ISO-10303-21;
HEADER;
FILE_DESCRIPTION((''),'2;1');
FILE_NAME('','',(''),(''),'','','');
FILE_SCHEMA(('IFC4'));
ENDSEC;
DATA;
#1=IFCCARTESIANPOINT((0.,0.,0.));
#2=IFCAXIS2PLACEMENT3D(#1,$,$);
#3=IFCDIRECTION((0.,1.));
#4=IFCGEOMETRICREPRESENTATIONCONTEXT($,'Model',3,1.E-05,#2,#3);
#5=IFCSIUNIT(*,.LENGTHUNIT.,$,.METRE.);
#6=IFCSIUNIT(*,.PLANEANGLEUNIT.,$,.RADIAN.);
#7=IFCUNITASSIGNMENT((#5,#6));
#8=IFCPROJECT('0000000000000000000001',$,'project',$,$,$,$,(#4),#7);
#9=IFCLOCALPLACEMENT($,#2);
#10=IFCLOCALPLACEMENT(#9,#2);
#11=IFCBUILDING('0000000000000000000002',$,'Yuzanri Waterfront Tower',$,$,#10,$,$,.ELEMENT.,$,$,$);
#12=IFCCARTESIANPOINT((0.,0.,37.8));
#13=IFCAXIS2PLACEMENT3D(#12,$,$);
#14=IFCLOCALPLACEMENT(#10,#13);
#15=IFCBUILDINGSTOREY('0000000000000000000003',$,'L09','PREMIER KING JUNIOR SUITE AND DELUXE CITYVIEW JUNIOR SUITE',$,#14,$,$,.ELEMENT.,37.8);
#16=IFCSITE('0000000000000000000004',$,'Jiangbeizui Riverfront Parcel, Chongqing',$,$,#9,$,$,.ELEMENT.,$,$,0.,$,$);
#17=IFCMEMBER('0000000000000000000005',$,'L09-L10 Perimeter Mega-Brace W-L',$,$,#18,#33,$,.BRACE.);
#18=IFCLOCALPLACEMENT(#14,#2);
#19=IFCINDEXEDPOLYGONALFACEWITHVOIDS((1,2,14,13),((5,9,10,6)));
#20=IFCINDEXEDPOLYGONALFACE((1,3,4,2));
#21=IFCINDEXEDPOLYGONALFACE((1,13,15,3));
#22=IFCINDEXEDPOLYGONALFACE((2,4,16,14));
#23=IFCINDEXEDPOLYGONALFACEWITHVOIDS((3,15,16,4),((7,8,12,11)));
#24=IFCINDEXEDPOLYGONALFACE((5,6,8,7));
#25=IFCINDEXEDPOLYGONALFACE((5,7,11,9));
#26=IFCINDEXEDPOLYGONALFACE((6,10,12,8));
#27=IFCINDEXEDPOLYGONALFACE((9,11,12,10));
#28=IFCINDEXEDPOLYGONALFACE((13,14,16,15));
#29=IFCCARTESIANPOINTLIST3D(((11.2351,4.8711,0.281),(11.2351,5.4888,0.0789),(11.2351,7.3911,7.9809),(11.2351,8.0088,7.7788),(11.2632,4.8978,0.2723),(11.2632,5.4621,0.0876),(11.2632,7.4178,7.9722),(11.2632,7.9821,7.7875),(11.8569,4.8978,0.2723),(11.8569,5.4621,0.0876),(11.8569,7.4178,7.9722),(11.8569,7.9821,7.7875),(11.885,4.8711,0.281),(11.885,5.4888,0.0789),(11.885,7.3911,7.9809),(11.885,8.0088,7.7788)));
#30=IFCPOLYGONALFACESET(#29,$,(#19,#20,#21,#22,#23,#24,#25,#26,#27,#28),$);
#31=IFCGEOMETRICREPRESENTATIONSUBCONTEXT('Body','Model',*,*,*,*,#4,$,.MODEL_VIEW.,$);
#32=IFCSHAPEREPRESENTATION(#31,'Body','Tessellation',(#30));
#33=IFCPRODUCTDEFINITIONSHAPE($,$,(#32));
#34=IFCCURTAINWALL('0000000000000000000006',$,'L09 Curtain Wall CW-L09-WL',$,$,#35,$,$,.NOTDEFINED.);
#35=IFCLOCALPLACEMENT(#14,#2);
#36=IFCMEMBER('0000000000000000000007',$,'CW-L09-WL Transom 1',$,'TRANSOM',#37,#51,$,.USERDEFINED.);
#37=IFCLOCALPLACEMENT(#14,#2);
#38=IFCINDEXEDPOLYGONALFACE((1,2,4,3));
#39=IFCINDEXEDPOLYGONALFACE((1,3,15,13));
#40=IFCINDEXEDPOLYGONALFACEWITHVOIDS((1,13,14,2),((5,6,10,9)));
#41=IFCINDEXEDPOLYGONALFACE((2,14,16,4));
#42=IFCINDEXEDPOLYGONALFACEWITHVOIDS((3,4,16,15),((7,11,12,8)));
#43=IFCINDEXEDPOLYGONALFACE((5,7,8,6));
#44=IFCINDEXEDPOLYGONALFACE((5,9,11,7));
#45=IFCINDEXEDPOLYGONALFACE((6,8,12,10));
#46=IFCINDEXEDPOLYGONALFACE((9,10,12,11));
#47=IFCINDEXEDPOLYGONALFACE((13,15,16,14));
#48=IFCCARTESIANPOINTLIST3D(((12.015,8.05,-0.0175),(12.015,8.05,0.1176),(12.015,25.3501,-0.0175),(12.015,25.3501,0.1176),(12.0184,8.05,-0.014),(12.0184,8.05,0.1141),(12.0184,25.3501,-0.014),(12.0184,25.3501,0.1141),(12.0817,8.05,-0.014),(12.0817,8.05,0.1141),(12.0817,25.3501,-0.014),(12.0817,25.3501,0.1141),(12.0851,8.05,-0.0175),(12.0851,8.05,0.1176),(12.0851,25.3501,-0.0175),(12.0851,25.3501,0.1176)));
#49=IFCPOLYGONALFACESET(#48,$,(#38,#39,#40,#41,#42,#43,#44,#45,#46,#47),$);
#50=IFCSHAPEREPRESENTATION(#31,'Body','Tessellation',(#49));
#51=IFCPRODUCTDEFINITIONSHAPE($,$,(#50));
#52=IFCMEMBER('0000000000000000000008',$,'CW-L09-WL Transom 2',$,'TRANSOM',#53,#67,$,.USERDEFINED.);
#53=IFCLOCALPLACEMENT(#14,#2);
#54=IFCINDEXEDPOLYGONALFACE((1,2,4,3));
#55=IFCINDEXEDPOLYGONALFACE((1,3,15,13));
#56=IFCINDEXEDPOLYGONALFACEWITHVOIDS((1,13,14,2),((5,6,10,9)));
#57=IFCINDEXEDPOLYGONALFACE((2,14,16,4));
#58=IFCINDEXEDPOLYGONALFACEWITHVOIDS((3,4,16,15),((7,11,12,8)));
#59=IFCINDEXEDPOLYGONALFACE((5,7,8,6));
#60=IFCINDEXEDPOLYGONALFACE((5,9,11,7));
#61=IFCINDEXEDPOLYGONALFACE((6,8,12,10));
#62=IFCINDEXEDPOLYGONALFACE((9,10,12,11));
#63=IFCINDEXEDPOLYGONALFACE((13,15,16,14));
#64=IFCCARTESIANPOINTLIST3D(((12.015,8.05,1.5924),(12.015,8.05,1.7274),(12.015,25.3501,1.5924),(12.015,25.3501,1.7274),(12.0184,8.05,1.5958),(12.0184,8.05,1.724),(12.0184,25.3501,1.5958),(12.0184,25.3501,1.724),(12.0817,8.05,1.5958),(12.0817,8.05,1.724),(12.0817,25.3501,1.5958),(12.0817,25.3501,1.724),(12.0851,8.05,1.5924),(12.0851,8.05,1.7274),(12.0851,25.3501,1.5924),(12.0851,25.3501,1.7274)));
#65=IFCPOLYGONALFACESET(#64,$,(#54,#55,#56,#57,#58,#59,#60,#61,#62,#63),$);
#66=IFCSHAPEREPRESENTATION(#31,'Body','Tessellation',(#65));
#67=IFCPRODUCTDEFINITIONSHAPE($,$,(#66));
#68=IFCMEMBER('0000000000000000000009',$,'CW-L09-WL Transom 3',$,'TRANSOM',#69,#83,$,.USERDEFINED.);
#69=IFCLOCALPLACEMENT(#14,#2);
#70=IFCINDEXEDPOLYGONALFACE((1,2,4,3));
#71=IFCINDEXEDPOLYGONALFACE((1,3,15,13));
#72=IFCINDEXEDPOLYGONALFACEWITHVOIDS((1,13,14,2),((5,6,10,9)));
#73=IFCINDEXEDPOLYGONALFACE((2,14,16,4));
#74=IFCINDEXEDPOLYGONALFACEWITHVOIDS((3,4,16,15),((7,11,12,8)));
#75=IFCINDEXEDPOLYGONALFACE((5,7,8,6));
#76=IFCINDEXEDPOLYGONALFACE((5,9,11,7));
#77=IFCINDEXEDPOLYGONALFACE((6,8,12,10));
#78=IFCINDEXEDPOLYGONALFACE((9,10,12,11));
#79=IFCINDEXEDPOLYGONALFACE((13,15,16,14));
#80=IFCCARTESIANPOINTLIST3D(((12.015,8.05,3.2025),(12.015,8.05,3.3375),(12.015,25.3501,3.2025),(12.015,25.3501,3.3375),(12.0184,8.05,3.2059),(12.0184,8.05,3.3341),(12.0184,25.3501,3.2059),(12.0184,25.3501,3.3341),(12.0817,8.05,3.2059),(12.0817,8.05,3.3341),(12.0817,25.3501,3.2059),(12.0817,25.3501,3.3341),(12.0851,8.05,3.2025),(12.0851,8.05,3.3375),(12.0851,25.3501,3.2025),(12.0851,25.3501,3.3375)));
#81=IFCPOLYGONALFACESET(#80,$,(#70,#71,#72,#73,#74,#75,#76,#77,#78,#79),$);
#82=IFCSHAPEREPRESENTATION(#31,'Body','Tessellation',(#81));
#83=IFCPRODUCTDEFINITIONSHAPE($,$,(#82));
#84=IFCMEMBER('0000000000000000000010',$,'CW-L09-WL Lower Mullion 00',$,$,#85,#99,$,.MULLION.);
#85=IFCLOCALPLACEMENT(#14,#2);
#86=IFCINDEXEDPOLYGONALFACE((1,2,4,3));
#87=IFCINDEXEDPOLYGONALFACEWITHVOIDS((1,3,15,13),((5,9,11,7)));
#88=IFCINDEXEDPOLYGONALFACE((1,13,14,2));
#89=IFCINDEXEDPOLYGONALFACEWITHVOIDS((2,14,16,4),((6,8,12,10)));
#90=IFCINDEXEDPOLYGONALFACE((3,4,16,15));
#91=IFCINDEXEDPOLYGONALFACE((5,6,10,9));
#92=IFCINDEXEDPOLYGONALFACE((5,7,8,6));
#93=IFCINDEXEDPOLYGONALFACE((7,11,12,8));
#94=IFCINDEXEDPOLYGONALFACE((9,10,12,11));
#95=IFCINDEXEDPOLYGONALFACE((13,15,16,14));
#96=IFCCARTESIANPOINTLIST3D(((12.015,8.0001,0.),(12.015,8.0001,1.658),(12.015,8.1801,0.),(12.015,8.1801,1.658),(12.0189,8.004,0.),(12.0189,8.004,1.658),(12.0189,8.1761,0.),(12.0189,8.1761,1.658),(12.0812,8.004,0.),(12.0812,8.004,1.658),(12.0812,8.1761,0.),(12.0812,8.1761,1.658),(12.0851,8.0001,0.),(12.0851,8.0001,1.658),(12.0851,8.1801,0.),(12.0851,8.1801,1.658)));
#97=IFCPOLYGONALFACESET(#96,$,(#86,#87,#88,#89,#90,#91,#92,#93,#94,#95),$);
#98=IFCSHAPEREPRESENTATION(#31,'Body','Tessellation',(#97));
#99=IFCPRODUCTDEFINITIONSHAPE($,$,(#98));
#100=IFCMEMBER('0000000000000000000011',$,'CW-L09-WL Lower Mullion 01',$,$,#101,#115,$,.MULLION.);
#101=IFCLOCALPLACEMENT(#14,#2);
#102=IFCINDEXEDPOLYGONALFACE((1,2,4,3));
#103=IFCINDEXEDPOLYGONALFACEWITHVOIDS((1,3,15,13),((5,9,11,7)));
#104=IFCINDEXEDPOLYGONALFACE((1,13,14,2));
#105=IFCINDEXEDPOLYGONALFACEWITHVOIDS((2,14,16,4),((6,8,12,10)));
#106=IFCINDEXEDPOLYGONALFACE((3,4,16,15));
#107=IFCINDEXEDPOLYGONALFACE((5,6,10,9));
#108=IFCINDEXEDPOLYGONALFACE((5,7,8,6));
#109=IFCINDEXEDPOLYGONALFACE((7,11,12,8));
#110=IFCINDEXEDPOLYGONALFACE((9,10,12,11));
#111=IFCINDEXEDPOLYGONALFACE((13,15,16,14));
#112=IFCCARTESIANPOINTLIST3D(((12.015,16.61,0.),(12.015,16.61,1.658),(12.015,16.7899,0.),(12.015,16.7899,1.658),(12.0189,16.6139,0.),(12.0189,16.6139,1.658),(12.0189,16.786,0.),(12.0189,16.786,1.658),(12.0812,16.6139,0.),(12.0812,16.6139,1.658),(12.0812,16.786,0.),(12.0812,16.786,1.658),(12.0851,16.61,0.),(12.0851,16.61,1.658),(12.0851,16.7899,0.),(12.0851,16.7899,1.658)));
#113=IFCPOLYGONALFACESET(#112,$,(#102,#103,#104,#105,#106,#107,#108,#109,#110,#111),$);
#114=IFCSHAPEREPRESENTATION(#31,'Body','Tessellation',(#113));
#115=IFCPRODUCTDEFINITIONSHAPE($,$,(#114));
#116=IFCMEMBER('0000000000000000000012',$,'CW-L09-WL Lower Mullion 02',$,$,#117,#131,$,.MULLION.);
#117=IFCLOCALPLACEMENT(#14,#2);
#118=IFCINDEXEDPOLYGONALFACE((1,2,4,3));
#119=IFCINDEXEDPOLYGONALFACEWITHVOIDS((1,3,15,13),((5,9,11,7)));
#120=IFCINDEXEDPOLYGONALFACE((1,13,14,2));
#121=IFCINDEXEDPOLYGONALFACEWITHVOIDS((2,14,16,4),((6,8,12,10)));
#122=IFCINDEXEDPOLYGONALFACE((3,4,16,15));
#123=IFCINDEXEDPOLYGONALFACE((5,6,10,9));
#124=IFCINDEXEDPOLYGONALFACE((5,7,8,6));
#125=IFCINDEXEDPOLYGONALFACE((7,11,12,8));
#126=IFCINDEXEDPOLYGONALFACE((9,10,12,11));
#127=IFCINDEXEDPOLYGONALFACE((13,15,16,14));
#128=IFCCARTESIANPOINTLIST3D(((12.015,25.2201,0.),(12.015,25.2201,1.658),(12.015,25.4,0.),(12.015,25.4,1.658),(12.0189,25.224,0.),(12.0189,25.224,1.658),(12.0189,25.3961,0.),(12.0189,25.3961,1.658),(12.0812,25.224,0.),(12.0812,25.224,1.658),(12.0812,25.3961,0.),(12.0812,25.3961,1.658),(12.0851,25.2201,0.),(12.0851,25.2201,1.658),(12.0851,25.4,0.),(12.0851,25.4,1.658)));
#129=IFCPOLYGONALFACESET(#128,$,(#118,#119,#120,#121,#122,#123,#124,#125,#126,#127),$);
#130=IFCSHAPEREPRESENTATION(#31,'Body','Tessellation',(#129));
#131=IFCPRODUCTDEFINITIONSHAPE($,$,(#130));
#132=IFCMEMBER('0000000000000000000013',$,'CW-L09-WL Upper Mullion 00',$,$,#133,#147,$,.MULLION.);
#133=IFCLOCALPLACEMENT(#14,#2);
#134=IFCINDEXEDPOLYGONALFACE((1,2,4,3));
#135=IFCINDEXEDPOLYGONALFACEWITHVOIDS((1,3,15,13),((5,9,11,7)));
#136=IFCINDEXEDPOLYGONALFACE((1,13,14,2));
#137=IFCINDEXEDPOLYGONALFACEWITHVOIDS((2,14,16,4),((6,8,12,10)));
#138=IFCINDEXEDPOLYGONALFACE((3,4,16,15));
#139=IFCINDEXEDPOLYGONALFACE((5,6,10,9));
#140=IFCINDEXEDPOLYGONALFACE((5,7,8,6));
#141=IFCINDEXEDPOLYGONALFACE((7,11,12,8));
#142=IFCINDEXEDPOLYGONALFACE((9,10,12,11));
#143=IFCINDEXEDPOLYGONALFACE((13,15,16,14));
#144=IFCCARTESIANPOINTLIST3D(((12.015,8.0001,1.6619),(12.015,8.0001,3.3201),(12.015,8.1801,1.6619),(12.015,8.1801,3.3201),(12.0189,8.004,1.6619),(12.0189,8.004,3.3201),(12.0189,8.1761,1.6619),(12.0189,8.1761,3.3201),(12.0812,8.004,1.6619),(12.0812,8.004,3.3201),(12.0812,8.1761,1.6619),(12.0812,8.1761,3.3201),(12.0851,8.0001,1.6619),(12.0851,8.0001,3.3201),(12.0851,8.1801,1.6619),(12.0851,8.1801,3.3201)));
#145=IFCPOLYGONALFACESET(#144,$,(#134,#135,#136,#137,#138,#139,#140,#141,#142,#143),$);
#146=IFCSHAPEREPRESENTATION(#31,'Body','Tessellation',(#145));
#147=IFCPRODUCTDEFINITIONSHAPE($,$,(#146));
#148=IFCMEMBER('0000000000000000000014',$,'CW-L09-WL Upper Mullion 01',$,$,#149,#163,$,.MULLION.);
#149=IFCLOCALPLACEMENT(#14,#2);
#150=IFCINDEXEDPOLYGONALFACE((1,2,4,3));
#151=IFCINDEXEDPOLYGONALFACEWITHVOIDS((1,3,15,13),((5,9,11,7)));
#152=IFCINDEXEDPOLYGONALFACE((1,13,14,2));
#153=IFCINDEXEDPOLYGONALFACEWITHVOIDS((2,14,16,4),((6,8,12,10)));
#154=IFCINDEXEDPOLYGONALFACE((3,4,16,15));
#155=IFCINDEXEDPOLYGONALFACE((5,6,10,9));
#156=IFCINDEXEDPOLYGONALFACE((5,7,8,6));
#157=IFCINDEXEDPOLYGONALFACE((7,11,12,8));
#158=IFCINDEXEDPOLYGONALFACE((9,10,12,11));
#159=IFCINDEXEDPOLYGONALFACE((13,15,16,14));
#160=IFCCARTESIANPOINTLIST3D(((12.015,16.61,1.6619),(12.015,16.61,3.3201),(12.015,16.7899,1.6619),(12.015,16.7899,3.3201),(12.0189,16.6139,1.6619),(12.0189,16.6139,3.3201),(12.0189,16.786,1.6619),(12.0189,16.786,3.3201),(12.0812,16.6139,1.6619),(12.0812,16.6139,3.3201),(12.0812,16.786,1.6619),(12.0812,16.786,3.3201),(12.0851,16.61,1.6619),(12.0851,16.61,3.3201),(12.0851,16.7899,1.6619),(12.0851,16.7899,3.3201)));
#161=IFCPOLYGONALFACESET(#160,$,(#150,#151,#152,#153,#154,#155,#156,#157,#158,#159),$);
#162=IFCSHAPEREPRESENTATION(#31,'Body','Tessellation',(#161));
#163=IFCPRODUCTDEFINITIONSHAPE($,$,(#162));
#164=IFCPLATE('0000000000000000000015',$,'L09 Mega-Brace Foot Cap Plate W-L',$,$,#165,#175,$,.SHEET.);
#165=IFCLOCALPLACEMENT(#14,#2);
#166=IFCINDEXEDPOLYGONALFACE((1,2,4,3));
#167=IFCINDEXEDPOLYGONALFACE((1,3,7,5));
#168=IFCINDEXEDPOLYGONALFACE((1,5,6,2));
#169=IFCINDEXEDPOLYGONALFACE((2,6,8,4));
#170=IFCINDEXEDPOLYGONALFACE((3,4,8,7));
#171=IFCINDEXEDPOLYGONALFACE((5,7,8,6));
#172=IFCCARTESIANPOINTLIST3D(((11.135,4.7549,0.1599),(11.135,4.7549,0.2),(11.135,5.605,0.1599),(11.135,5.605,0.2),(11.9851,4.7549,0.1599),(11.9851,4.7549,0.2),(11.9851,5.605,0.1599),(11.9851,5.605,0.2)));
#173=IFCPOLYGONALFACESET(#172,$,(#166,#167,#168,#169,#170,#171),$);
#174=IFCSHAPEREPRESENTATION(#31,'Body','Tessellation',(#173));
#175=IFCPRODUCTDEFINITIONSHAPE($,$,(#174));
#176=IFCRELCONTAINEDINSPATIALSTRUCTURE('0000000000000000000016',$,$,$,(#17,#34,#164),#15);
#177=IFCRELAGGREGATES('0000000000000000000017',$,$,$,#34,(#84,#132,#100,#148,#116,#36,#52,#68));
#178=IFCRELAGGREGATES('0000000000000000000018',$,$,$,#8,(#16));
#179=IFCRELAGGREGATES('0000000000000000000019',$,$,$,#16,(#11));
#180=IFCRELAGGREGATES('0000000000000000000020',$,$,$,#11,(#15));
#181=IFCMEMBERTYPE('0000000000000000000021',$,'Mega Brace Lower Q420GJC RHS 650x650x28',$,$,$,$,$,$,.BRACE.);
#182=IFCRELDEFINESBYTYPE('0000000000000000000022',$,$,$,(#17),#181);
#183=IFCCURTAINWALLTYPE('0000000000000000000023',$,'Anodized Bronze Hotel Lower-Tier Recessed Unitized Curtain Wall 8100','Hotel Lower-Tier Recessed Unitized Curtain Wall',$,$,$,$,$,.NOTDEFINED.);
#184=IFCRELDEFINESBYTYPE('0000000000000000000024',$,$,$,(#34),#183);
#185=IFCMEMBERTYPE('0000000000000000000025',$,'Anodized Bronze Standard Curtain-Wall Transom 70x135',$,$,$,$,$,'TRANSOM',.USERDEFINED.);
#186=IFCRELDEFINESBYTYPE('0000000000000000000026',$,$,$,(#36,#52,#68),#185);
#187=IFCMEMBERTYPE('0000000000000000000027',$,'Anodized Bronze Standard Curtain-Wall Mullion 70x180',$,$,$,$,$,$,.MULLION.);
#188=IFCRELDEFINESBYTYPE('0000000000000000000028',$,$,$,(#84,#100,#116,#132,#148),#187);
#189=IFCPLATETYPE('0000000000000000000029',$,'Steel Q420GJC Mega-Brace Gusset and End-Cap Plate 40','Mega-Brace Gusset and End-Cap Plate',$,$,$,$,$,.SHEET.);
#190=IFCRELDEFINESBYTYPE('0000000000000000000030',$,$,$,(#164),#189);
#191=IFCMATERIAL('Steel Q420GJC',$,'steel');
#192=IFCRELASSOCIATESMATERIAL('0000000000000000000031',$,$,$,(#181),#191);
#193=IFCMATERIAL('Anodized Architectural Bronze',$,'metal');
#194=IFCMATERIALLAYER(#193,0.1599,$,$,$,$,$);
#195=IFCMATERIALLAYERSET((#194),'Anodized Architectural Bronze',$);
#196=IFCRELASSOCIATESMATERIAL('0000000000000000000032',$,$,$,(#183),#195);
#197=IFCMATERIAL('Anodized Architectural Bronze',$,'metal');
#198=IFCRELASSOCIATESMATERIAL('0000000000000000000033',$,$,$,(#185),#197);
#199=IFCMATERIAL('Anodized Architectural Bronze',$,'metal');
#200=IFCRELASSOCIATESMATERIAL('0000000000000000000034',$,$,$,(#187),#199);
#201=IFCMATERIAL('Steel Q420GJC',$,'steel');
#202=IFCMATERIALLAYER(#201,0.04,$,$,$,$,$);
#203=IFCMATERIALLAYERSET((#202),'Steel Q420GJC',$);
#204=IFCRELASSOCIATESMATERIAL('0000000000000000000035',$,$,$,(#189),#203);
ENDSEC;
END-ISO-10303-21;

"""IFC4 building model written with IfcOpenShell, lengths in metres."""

from ifc_helpers import new_model, si_unit, direction, frame, origin, origin_2d, place, context, subcontext, project, spatial, rectangle, hollow_rectangle, extrude, source, transform, mapped, material, layer, layer_set, material_profile, profile_set, type_object, element, aggregate, save


model = new_model("IFC4")

# Units and contexts
model_context = context("Model", 3, precision=1e-05, world=origin(), true_north=direction((0.0, 1.0)))
body_context = subcontext(model_context, "Body", "Model", "MODEL_VIEW")
ifc_project = project(units=[si_unit("LENGTHUNIT", "METRE"), si_unit("PLANEANGLEUNIT", "RADIAN")], contexts=[model_context])

# Site, building, storey
site_placement = place(None, origin())
site = spatial("IfcSite", under=ifc_project, at=site_placement, Name="Jiangbeizui Riverfront Parcel, Chongqing", CompositionType="ELEMENT", RefElevation=0.0)
building_placement = place(site_placement, origin())
building = spatial("IfcBuilding", under=site, at=building_placement, Name="Yuzanri Waterfront Tower", CompositionType="ELEMENT")
storey_placement = place(building_placement, frame((0.0, 0.0, 37.8)))
storey = spatial("IfcBuildingStorey", under=building, at=storey_placement, Name="L09", Description="PREMIER KING JUNIOR SUITE AND DELUXE CITYVIEW JUNIOR SUITE", CompositionType="ELEMENT", Elevation=37.8)

# Member
ifc_material_1 = material(Name="Steel Q420GJC", Category="steel")
ifc_material_profile_1 = material_profile(ifc_material_1, hollow_rectangle(XDim=0.6499, YDim=0.6499, WallThickness=0.0281, at=origin_2d()), Name="RHS 650x650x28")
ifc_profile_set_1 = profile_set([ifc_material_profile_1], Name="Steel Q420GJC")
member_type_1 = type_object("IfcMemberType", Name="Mega Brace Lower Q420GJC RHS 650x650x28", PredefinedType="BRACE", material=ifc_profile_set_1)
shared_shape_1 = source(origin(), body_context, "Body", "SweptSolid", [
    extrude(hollow_rectangle(XDim=0.6499, YDim=0.6499, WallThickness=0.0281, at=origin_2d()), origin(), (0.0, 0.0, 1.0), 8.1018),
])
member_1_placement = place(storey_placement, frame((11.5601, 5.1799, 0.1799), z_axis=(0.0, 0.311043, 0.950396), x_axis=(-1.0, 0.0, 0.0)))
element("IfcMember", 1, at=member_1_placement, inside=storey, type_object=member_type_1, Name="L09-L10 Perimeter Mega-Brace W-L", PredefinedType="BRACE", context=body_context, shape_type="MappedRepresentation", body=[
    mapped(shared_shape_1, transform((0.0, 0.0, 0.0), scale=1.0)),
])

# Curtain wall, members
ifc_material_2 = material(Name="Anodized Architectural Bronze", Category="metal")
ifc_layer_1 = layer(ifc_material_2, 0.1599)
ifc_layer_set_1 = layer_set([ifc_layer_1], Name="Anodized Architectural Bronze")
curtain_wall_type = type_object("IfcCurtainWallType", Name="Anodized Bronze Hotel Lower-Tier Recessed Unitized Curtain Wall 8100", Description="Hotel Lower-Tier Recessed Unitized Curtain Wall", PredefinedType="NOTDEFINED", material=ifc_layer_set_1)
curtain_wall_placement = place(storey_placement, origin())
curtain_wall = element("IfcCurtainWall", 2, at=curtain_wall_placement, inside=storey, type_object=curtain_wall_type, Name="L09 Curtain Wall CW-L09-WL", PredefinedType="NOTDEFINED")
ifc_material_3 = material(Name="Anodized Architectural Bronze", Category="metal")
ifc_material_profile_2 = material_profile(ifc_material_3, hollow_rectangle(XDim=0.0701, YDim=0.135, WallThickness=0.0034, at=origin_2d()), Name="CWT 70x135")
ifc_profile_set_2 = profile_set([ifc_material_profile_2], Name="Anodized Architectural Bronze")
member_type_2 = type_object("IfcMemberType", Name="Anodized Bronze Standard Curtain-Wall Transom 70x135", ElementType="TRANSOM", PredefinedType="USERDEFINED", material=ifc_profile_set_2)
shared_shape_2 = source(origin(), body_context, "Body", "SweptSolid", [
    extrude(hollow_rectangle(XDim=0.0701, YDim=0.135, WallThickness=0.0034, at=origin_2d()), origin(), (0.0, 0.0, 1.0), 17.3),
])
member_2_placement = place(storey_placement, frame((12.05, 8.05, 0.05), z_axis=(0.0, 1.0, 0.0), x_axis=(-1.0, 0.0, 0.0)))
member_2 = element("IfcMember", 3, at=member_2_placement, type_object=member_type_2, Name="CW-L09-WL Transom 1", ObjectType="TRANSOM", PredefinedType="USERDEFINED", context=body_context, shape_type="MappedRepresentation", body=[
    mapped(shared_shape_2, transform((0.0, 0.0, 0.0), scale=1.0)),
])
member_3_placement = place(storey_placement, frame((12.05, 8.05, 1.6599), z_axis=(0.0, 1.0, 0.0), x_axis=(-1.0, 0.0, 0.0)))
member_3 = element("IfcMember", 4, at=member_3_placement, type_object=member_type_2, Name="CW-L09-WL Transom 2", ObjectType="TRANSOM", PredefinedType="USERDEFINED", context=body_context, shape_type="MappedRepresentation", body=[
    mapped(shared_shape_2, transform((0.0, 0.0, 0.0), scale=1.0)),
])
member_4_placement = place(storey_placement, frame((12.05, 8.05, 3.27), z_axis=(0.0, 1.0, 0.0), x_axis=(-1.0, 0.0, 0.0)))
member_4 = element("IfcMember", 5, at=member_4_placement, type_object=member_type_2, Name="CW-L09-WL Transom 3", ObjectType="TRANSOM", PredefinedType="USERDEFINED", context=body_context, shape_type="MappedRepresentation", body=[
    mapped(shared_shape_2, transform((0.0, 0.0, 0.0), scale=1.0)),
])
ifc_material_4 = material(Name="Anodized Architectural Bronze", Category="metal")
ifc_material_profile_3 = material_profile(ifc_material_4, hollow_rectangle(XDim=0.0701, YDim=0.1799, WallThickness=0.0039, at=origin_2d()), Name="CWM 70x180")
ifc_profile_set_3 = profile_set([ifc_material_profile_3], Name="Anodized Architectural Bronze")
member_type_3 = type_object("IfcMemberType", Name="Anodized Bronze Standard Curtain-Wall Mullion 70x180", PredefinedType="MULLION", material=ifc_profile_set_3)
shared_shape_3 = source(origin(), body_context, "Body", "SweptSolid", [
    extrude(hollow_rectangle(XDim=0.0701, YDim=0.1799, WallThickness=0.0039, at=origin_2d()), origin(), (0.0, 0.0, 1.0), 1.658),
])
member_5_placement = place(storey_placement, frame((12.05, 8.0901, 0.0), z_axis=(0.0, 0.0, 1.0), x_axis=(1.0, 0.0, 0.0)))
member_5 = element("IfcMember", 6, at=member_5_placement, type_object=member_type_3, Name="CW-L09-WL Lower Mullion 00", PredefinedType="MULLION", context=body_context, shape_type="MappedRepresentation", body=[
    mapped(shared_shape_3, transform((0.0, 0.0, 0.0), scale=1.0)),
])
member_6_placement = place(storey_placement, frame((12.05, 16.7, 0.0), z_axis=(0.0, 0.0, 1.0), x_axis=(1.0, 0.0, 0.0)))
member_6 = element("IfcMember", 7, at=member_6_placement, type_object=member_type_3, Name="CW-L09-WL Lower Mullion 01", PredefinedType="MULLION", context=body_context, shape_type="MappedRepresentation", body=[
    mapped(shared_shape_3, transform((0.0, 0.0, 0.0), scale=1.0)),
])
member_7_placement = place(storey_placement, frame((12.05, 25.3101, 0.0), z_axis=(0.0, 0.0, 1.0), x_axis=(1.0, 0.0, 0.0)))
member_7 = element("IfcMember", 8, at=member_7_placement, type_object=member_type_3, Name="CW-L09-WL Lower Mullion 02", PredefinedType="MULLION", context=body_context, shape_type="MappedRepresentation", body=[
    mapped(shared_shape_3, transform((0.0, 0.0, 0.0), scale=1.0)),
])
shared_shape_4 = source(origin(), body_context, "Body", "SweptSolid", [
    extrude(hollow_rectangle(XDim=0.0701, YDim=0.1799, WallThickness=0.0039, at=origin_2d()), origin(), (0.0, 0.0, 1.0), 1.6582),
])
member_8_placement = place(storey_placement, frame((12.05, 8.0901, 1.6619), z_axis=(0.0, 0.0, 1.0), x_axis=(1.0, 0.0, 0.0)))
member_8 = element("IfcMember", 9, at=member_8_placement, type_object=member_type_3, Name="CW-L09-WL Upper Mullion 00", PredefinedType="MULLION", context=body_context, shape_type="MappedRepresentation", body=[
    mapped(shared_shape_4, transform((0.0, 0.0, 0.0), scale=1.0)),
])
member_9_placement = place(storey_placement, frame((12.05, 16.7, 1.6619), z_axis=(0.0, 0.0, 1.0), x_axis=(1.0, 0.0, 0.0)))
member_9 = element("IfcMember", 10, at=member_9_placement, type_object=member_type_3, Name="CW-L09-WL Upper Mullion 01", PredefinedType="MULLION", context=body_context, shape_type="MappedRepresentation", body=[
    mapped(shared_shape_4, transform((0.0, 0.0, 0.0), scale=1.0)),
])

# Plate
ifc_material_5 = material(Name="Steel Q420GJC", Category="steel")
ifc_layer_2 = layer(ifc_material_5, 0.04)
ifc_layer_set_2 = layer_set([ifc_layer_2], Name="Steel Q420GJC")
plate_type_1 = type_object("IfcPlateType", Name="Steel Q420GJC Mega-Brace Gusset and End-Cap Plate 40", Description="Mega-Brace Gusset and End-Cap Plate", PredefinedType="SHEET", material=ifc_layer_set_2)
shared_shape_5 = source(origin(), body_context, "Body", "SweptSolid", [
    extrude(rectangle(XDim=0.8501, YDim=0.8501, at=origin_2d()), origin(), (0.0, 0.0, 1.0), 0.04),
])
plate_1_placement = place(storey_placement, frame((11.5601, 5.1799, 0.1599), z_axis=(0.0, 0.0, 1.0), x_axis=(1.0, 0.0, 0.0)))
element("IfcPlate", 11, at=plate_1_placement, inside=storey, type_object=plate_type_1, Name="L09 Mega-Brace Foot Cap Plate W-L", PredefinedType="SHEET", context=body_context, shape_type="MappedRepresentation", body=[
    mapped(shared_shape_5, transform((0.0, 0.0, 0.0), scale=1.0)),
])
aggregate(curtain_wall, [member_5, member_8, member_6, member_9, member_7, member_2, member_3, member_4])

save(model, "model.ifc")
